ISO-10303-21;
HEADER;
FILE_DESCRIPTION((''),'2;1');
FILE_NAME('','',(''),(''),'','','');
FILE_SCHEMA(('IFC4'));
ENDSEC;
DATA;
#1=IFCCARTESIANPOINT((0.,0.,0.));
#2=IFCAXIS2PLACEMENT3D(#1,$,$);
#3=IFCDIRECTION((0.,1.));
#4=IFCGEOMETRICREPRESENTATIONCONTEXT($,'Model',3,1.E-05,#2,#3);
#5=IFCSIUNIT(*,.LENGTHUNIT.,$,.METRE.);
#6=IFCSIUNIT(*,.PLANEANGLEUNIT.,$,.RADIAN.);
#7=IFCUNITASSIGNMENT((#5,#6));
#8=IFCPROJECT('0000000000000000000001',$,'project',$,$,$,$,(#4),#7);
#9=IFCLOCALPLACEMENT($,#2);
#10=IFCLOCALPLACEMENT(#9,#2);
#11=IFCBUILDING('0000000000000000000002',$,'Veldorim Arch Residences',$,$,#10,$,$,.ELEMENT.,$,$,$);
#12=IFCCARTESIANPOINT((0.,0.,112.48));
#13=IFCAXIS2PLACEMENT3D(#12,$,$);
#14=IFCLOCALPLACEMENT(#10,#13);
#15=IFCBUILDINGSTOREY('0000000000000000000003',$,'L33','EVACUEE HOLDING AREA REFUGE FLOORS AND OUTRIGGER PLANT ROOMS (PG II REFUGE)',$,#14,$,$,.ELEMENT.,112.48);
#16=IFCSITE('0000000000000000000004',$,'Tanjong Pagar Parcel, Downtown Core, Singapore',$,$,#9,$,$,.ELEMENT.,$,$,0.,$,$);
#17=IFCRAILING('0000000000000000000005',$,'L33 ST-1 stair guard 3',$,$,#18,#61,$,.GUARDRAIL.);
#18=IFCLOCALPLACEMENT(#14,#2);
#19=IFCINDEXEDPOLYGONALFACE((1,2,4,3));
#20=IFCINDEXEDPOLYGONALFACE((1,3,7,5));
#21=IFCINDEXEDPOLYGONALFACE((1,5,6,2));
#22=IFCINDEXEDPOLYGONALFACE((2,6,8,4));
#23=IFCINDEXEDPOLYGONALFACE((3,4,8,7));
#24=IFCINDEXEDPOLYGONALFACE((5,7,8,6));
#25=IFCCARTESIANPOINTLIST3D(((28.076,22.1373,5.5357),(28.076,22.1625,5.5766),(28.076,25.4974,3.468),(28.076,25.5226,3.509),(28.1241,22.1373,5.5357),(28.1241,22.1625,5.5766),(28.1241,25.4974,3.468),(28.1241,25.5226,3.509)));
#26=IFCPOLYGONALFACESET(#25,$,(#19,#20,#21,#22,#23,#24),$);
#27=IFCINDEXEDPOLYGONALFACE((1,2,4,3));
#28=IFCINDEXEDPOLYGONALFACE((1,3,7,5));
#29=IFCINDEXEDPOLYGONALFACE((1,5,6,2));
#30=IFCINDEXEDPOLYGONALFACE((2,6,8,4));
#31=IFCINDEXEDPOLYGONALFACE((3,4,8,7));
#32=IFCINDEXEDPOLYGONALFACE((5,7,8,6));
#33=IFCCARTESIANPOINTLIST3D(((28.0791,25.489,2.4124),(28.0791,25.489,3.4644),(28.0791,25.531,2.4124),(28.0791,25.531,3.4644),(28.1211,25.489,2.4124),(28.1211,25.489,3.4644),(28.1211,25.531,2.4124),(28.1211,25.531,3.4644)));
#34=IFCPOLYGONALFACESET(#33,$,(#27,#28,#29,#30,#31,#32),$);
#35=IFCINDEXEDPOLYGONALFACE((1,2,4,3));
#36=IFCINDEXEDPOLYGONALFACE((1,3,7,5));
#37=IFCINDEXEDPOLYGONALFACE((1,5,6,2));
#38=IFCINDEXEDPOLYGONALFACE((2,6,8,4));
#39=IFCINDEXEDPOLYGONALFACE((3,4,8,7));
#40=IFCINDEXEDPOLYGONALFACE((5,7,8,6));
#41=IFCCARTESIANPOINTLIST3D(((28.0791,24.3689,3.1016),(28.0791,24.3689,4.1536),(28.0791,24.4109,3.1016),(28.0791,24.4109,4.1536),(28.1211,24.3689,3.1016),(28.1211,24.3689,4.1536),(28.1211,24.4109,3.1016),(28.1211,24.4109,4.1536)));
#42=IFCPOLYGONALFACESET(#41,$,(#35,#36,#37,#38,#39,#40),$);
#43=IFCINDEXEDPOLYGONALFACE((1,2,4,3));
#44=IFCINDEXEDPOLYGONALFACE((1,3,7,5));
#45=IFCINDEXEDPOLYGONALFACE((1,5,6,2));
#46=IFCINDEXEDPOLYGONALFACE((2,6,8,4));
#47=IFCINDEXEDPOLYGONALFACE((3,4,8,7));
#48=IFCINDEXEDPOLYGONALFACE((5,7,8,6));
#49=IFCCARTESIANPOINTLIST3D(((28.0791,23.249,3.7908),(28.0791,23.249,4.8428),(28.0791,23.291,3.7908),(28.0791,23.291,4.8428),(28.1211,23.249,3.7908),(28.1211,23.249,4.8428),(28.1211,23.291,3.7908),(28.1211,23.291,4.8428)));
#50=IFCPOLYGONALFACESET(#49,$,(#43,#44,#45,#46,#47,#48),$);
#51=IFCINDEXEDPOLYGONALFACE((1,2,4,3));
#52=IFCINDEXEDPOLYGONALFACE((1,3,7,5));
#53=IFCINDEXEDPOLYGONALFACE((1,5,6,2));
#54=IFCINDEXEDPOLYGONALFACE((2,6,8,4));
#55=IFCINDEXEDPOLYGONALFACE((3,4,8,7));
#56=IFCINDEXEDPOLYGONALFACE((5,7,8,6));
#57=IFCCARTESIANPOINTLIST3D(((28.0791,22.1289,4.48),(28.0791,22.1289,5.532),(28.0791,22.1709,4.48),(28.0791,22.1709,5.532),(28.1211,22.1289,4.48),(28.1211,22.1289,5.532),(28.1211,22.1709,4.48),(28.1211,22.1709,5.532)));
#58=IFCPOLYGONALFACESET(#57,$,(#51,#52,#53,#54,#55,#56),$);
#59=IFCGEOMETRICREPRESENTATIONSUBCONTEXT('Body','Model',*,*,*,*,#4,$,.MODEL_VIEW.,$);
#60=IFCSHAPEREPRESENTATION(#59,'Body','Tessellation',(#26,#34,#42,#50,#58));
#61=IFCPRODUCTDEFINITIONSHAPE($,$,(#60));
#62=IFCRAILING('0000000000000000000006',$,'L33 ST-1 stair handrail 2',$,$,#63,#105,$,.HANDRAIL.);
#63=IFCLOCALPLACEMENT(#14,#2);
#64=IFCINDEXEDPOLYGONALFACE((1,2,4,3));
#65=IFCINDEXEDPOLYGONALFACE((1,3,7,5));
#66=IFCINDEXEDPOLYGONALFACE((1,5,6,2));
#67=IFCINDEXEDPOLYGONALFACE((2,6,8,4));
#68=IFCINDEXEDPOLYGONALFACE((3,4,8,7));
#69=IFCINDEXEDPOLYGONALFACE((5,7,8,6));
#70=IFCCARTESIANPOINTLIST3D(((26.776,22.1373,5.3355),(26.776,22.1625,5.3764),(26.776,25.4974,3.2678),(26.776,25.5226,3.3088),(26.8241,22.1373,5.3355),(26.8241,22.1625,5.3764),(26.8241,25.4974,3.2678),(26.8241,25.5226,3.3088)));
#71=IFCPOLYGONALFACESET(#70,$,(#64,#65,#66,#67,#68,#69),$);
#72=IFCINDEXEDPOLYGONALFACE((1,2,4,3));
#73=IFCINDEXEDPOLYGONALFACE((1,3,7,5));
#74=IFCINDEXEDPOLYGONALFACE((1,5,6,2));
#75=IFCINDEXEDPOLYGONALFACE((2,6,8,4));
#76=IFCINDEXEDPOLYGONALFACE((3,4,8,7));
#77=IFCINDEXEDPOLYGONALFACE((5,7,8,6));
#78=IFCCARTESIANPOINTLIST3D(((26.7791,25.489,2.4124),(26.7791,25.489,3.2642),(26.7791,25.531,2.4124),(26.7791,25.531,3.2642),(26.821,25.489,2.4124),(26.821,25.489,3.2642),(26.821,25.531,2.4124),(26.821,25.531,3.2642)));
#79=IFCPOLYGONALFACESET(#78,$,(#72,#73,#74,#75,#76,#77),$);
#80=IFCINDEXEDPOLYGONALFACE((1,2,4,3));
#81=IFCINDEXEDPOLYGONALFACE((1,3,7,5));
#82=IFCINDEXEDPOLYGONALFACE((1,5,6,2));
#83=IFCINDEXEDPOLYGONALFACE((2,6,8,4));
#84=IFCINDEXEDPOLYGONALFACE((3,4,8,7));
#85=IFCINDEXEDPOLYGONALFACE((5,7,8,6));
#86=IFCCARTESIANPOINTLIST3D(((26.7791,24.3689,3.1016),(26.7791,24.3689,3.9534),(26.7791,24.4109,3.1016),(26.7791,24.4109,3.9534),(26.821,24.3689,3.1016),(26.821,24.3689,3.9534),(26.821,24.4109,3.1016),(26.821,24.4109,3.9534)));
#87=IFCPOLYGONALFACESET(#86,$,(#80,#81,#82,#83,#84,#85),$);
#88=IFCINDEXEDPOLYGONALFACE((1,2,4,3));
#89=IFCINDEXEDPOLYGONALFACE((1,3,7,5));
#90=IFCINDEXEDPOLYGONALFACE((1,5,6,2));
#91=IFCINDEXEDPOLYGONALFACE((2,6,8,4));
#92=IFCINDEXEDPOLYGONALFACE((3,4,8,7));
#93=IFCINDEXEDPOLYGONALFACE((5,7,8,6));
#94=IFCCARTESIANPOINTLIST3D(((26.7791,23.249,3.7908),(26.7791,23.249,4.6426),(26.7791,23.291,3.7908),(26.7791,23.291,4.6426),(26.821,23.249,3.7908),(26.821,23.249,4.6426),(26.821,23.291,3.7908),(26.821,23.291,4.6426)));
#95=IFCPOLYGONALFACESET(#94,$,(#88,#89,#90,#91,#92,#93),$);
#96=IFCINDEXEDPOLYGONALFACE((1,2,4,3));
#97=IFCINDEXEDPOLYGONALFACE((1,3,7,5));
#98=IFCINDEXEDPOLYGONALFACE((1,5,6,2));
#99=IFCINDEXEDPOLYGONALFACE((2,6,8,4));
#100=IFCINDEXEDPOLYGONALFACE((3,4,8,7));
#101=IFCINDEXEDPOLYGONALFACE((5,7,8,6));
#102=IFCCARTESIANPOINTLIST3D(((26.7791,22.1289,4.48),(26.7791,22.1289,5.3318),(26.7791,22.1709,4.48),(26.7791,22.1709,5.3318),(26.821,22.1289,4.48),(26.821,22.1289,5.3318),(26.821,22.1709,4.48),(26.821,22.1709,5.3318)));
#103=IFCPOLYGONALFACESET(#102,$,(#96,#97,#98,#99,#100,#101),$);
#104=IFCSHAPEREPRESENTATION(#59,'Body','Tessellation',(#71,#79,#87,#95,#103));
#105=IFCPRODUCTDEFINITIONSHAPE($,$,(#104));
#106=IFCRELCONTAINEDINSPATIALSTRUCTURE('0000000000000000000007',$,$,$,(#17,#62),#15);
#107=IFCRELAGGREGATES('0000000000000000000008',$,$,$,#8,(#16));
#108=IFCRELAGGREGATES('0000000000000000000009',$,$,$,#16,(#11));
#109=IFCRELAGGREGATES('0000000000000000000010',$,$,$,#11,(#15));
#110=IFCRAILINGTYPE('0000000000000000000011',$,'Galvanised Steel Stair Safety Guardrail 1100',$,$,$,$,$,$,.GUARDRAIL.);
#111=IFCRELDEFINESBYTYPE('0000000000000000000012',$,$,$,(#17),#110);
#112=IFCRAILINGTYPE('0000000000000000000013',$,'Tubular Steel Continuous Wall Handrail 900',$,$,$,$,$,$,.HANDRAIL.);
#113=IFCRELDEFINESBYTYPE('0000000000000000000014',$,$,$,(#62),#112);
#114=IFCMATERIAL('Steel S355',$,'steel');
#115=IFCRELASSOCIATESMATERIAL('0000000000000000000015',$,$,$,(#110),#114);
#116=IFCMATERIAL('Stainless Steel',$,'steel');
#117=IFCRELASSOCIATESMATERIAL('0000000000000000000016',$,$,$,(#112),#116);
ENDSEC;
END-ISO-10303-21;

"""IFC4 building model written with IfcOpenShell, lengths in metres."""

from ifc_helpers import new_model, si_unit, direction, frame, origin, origin_2d, place, context, subcontext, project, spatial, rectangle, extrude, material, type_object, element, save


model = new_model("IFC4")

# Units and contexts
model_context = context("Model", 3, precision=1e-05, world=origin(), true_north=direction((0.0, 1.0)))
body_context = subcontext(model_context, "Body", "Model", "MODEL_VIEW")
ifc_project = project(units=[si_unit("LENGTHUNIT", "METRE"), si_unit("PLANEANGLEUNIT", "RADIAN")], contexts=[model_context])

# Site, building, storey
site_placement = place(None, origin())
site = spatial("IfcSite", under=ifc_project, at=site_placement, Name="Tanjong Pagar Parcel, Downtown Core, Singapore", CompositionType="ELEMENT", RefElevation=0.0)
building_placement = place(site_placement, origin())
building = spatial("IfcBuilding", under=site, at=building_placement, Name="Veldorim Arch Residences", CompositionType="ELEMENT")
storey_placement = place(building_placement, frame((0.0, 0.0, 112.48)))
storey = spatial("IfcBuildingStorey", under=building, at=storey_placement, Name="L33", Description="EVACUEE HOLDING AREA REFUGE FLOORS AND OUTRIGGER PLANT ROOMS (PG II REFUGE)", CompositionType="ELEMENT", Elevation=112.48)

# Railings
ifc_material_1 = material(Name="Steel S355", Category="steel")
railing_type_1 = type_object("IfcRailingType", Name="Galvanised Steel Stair Safety Guardrail 1100", PredefinedType="GUARDRAIL", material=ifc_material_1)
railing_1_placement = place(storey_placement, frame((28.1001, 25.51, 2.4124)))
element("IfcRailing", 1, at=railing_1_placement, inside=storey, type_object=railing_type_1, Name="L33 ST-1 stair guard 3", PredefinedType="GUARDRAIL", context=body_context, shape_type="SweptSolid", body=[
    extrude(rectangle(XDim=0.0481, YDim=0.0481, at=origin_2d()), frame((0.0, 0.0, 1.0762), z_axis=(0.0, -0.851673, 0.524073), x_axis=(1.0, 0.0, 0.0)), (0.0, 0.0, 1.0), 3.9453),
    extrude(rectangle(XDim=0.042, YDim=0.042, at=origin_2d()), origin(), (0.0, 0.0, 1.0), 1.052),
    extrude(rectangle(XDim=0.042, YDim=0.042, at=origin_2d()), frame((0.0, -1.1201, 0.6892)), (0.0, 0.0, 1.0), 1.052),
    extrude(rectangle(XDim=0.042, YDim=0.042, at=origin_2d()), frame((0.0, -2.24, 1.3784)), (0.0, 0.0, 1.0), 1.052),
    extrude(rectangle(XDim=0.042, YDim=0.042, at=origin_2d()), frame((0.0, -3.3601, 2.0676)), (0.0, 0.0, 1.0), 1.052),
])
ifc_material_2 = material(Name="Stainless Steel", Category="steel")
railing_type_2 = type_object("IfcRailingType", Name="Tubular Steel Continuous Wall Handrail 900", PredefinedType="HANDRAIL", material=ifc_material_2)
railing_2_placement = place(storey_placement, frame((26.8, 25.51, 2.4124)))
element("IfcRailing", 2, at=railing_2_placement, inside=storey, type_object=railing_type_2, Name="L33 ST-1 stair handrail 2", PredefinedType="HANDRAIL", context=body_context, shape_type="SweptSolid", body=[
    extrude(rectangle(XDim=0.0481, YDim=0.0481, at=origin_2d()), frame((0.0, 0.0, 0.876), z_axis=(0.0, -0.851673, 0.524073), x_axis=(1.0, 0.0, 0.0)), (0.0, 0.0, 1.0), 3.9453),
    extrude(rectangle(XDim=0.042, YDim=0.042, at=origin_2d()), origin(), (0.0, 0.0, 1.0), 0.8518),
    extrude(rectangle(XDim=0.042, YDim=0.042, at=origin_2d()), frame((0.0, -1.1201, 0.6892)), (0.0, 0.0, 1.0), 0.8518),
    extrude(rectangle(XDim=0.042, YDim=0.042, at=origin_2d()), frame((0.0, -2.24, 1.3784)), (0.0, 0.0, 1.0), 0.8518),
    extrude(rectangle(XDim=0.042, YDim=0.042, at=origin_2d()), frame((0.0, -3.3601, 2.0676)), (0.0, 0.0, 1.0), 0.8518),
])

save(model, "model.ifc")
